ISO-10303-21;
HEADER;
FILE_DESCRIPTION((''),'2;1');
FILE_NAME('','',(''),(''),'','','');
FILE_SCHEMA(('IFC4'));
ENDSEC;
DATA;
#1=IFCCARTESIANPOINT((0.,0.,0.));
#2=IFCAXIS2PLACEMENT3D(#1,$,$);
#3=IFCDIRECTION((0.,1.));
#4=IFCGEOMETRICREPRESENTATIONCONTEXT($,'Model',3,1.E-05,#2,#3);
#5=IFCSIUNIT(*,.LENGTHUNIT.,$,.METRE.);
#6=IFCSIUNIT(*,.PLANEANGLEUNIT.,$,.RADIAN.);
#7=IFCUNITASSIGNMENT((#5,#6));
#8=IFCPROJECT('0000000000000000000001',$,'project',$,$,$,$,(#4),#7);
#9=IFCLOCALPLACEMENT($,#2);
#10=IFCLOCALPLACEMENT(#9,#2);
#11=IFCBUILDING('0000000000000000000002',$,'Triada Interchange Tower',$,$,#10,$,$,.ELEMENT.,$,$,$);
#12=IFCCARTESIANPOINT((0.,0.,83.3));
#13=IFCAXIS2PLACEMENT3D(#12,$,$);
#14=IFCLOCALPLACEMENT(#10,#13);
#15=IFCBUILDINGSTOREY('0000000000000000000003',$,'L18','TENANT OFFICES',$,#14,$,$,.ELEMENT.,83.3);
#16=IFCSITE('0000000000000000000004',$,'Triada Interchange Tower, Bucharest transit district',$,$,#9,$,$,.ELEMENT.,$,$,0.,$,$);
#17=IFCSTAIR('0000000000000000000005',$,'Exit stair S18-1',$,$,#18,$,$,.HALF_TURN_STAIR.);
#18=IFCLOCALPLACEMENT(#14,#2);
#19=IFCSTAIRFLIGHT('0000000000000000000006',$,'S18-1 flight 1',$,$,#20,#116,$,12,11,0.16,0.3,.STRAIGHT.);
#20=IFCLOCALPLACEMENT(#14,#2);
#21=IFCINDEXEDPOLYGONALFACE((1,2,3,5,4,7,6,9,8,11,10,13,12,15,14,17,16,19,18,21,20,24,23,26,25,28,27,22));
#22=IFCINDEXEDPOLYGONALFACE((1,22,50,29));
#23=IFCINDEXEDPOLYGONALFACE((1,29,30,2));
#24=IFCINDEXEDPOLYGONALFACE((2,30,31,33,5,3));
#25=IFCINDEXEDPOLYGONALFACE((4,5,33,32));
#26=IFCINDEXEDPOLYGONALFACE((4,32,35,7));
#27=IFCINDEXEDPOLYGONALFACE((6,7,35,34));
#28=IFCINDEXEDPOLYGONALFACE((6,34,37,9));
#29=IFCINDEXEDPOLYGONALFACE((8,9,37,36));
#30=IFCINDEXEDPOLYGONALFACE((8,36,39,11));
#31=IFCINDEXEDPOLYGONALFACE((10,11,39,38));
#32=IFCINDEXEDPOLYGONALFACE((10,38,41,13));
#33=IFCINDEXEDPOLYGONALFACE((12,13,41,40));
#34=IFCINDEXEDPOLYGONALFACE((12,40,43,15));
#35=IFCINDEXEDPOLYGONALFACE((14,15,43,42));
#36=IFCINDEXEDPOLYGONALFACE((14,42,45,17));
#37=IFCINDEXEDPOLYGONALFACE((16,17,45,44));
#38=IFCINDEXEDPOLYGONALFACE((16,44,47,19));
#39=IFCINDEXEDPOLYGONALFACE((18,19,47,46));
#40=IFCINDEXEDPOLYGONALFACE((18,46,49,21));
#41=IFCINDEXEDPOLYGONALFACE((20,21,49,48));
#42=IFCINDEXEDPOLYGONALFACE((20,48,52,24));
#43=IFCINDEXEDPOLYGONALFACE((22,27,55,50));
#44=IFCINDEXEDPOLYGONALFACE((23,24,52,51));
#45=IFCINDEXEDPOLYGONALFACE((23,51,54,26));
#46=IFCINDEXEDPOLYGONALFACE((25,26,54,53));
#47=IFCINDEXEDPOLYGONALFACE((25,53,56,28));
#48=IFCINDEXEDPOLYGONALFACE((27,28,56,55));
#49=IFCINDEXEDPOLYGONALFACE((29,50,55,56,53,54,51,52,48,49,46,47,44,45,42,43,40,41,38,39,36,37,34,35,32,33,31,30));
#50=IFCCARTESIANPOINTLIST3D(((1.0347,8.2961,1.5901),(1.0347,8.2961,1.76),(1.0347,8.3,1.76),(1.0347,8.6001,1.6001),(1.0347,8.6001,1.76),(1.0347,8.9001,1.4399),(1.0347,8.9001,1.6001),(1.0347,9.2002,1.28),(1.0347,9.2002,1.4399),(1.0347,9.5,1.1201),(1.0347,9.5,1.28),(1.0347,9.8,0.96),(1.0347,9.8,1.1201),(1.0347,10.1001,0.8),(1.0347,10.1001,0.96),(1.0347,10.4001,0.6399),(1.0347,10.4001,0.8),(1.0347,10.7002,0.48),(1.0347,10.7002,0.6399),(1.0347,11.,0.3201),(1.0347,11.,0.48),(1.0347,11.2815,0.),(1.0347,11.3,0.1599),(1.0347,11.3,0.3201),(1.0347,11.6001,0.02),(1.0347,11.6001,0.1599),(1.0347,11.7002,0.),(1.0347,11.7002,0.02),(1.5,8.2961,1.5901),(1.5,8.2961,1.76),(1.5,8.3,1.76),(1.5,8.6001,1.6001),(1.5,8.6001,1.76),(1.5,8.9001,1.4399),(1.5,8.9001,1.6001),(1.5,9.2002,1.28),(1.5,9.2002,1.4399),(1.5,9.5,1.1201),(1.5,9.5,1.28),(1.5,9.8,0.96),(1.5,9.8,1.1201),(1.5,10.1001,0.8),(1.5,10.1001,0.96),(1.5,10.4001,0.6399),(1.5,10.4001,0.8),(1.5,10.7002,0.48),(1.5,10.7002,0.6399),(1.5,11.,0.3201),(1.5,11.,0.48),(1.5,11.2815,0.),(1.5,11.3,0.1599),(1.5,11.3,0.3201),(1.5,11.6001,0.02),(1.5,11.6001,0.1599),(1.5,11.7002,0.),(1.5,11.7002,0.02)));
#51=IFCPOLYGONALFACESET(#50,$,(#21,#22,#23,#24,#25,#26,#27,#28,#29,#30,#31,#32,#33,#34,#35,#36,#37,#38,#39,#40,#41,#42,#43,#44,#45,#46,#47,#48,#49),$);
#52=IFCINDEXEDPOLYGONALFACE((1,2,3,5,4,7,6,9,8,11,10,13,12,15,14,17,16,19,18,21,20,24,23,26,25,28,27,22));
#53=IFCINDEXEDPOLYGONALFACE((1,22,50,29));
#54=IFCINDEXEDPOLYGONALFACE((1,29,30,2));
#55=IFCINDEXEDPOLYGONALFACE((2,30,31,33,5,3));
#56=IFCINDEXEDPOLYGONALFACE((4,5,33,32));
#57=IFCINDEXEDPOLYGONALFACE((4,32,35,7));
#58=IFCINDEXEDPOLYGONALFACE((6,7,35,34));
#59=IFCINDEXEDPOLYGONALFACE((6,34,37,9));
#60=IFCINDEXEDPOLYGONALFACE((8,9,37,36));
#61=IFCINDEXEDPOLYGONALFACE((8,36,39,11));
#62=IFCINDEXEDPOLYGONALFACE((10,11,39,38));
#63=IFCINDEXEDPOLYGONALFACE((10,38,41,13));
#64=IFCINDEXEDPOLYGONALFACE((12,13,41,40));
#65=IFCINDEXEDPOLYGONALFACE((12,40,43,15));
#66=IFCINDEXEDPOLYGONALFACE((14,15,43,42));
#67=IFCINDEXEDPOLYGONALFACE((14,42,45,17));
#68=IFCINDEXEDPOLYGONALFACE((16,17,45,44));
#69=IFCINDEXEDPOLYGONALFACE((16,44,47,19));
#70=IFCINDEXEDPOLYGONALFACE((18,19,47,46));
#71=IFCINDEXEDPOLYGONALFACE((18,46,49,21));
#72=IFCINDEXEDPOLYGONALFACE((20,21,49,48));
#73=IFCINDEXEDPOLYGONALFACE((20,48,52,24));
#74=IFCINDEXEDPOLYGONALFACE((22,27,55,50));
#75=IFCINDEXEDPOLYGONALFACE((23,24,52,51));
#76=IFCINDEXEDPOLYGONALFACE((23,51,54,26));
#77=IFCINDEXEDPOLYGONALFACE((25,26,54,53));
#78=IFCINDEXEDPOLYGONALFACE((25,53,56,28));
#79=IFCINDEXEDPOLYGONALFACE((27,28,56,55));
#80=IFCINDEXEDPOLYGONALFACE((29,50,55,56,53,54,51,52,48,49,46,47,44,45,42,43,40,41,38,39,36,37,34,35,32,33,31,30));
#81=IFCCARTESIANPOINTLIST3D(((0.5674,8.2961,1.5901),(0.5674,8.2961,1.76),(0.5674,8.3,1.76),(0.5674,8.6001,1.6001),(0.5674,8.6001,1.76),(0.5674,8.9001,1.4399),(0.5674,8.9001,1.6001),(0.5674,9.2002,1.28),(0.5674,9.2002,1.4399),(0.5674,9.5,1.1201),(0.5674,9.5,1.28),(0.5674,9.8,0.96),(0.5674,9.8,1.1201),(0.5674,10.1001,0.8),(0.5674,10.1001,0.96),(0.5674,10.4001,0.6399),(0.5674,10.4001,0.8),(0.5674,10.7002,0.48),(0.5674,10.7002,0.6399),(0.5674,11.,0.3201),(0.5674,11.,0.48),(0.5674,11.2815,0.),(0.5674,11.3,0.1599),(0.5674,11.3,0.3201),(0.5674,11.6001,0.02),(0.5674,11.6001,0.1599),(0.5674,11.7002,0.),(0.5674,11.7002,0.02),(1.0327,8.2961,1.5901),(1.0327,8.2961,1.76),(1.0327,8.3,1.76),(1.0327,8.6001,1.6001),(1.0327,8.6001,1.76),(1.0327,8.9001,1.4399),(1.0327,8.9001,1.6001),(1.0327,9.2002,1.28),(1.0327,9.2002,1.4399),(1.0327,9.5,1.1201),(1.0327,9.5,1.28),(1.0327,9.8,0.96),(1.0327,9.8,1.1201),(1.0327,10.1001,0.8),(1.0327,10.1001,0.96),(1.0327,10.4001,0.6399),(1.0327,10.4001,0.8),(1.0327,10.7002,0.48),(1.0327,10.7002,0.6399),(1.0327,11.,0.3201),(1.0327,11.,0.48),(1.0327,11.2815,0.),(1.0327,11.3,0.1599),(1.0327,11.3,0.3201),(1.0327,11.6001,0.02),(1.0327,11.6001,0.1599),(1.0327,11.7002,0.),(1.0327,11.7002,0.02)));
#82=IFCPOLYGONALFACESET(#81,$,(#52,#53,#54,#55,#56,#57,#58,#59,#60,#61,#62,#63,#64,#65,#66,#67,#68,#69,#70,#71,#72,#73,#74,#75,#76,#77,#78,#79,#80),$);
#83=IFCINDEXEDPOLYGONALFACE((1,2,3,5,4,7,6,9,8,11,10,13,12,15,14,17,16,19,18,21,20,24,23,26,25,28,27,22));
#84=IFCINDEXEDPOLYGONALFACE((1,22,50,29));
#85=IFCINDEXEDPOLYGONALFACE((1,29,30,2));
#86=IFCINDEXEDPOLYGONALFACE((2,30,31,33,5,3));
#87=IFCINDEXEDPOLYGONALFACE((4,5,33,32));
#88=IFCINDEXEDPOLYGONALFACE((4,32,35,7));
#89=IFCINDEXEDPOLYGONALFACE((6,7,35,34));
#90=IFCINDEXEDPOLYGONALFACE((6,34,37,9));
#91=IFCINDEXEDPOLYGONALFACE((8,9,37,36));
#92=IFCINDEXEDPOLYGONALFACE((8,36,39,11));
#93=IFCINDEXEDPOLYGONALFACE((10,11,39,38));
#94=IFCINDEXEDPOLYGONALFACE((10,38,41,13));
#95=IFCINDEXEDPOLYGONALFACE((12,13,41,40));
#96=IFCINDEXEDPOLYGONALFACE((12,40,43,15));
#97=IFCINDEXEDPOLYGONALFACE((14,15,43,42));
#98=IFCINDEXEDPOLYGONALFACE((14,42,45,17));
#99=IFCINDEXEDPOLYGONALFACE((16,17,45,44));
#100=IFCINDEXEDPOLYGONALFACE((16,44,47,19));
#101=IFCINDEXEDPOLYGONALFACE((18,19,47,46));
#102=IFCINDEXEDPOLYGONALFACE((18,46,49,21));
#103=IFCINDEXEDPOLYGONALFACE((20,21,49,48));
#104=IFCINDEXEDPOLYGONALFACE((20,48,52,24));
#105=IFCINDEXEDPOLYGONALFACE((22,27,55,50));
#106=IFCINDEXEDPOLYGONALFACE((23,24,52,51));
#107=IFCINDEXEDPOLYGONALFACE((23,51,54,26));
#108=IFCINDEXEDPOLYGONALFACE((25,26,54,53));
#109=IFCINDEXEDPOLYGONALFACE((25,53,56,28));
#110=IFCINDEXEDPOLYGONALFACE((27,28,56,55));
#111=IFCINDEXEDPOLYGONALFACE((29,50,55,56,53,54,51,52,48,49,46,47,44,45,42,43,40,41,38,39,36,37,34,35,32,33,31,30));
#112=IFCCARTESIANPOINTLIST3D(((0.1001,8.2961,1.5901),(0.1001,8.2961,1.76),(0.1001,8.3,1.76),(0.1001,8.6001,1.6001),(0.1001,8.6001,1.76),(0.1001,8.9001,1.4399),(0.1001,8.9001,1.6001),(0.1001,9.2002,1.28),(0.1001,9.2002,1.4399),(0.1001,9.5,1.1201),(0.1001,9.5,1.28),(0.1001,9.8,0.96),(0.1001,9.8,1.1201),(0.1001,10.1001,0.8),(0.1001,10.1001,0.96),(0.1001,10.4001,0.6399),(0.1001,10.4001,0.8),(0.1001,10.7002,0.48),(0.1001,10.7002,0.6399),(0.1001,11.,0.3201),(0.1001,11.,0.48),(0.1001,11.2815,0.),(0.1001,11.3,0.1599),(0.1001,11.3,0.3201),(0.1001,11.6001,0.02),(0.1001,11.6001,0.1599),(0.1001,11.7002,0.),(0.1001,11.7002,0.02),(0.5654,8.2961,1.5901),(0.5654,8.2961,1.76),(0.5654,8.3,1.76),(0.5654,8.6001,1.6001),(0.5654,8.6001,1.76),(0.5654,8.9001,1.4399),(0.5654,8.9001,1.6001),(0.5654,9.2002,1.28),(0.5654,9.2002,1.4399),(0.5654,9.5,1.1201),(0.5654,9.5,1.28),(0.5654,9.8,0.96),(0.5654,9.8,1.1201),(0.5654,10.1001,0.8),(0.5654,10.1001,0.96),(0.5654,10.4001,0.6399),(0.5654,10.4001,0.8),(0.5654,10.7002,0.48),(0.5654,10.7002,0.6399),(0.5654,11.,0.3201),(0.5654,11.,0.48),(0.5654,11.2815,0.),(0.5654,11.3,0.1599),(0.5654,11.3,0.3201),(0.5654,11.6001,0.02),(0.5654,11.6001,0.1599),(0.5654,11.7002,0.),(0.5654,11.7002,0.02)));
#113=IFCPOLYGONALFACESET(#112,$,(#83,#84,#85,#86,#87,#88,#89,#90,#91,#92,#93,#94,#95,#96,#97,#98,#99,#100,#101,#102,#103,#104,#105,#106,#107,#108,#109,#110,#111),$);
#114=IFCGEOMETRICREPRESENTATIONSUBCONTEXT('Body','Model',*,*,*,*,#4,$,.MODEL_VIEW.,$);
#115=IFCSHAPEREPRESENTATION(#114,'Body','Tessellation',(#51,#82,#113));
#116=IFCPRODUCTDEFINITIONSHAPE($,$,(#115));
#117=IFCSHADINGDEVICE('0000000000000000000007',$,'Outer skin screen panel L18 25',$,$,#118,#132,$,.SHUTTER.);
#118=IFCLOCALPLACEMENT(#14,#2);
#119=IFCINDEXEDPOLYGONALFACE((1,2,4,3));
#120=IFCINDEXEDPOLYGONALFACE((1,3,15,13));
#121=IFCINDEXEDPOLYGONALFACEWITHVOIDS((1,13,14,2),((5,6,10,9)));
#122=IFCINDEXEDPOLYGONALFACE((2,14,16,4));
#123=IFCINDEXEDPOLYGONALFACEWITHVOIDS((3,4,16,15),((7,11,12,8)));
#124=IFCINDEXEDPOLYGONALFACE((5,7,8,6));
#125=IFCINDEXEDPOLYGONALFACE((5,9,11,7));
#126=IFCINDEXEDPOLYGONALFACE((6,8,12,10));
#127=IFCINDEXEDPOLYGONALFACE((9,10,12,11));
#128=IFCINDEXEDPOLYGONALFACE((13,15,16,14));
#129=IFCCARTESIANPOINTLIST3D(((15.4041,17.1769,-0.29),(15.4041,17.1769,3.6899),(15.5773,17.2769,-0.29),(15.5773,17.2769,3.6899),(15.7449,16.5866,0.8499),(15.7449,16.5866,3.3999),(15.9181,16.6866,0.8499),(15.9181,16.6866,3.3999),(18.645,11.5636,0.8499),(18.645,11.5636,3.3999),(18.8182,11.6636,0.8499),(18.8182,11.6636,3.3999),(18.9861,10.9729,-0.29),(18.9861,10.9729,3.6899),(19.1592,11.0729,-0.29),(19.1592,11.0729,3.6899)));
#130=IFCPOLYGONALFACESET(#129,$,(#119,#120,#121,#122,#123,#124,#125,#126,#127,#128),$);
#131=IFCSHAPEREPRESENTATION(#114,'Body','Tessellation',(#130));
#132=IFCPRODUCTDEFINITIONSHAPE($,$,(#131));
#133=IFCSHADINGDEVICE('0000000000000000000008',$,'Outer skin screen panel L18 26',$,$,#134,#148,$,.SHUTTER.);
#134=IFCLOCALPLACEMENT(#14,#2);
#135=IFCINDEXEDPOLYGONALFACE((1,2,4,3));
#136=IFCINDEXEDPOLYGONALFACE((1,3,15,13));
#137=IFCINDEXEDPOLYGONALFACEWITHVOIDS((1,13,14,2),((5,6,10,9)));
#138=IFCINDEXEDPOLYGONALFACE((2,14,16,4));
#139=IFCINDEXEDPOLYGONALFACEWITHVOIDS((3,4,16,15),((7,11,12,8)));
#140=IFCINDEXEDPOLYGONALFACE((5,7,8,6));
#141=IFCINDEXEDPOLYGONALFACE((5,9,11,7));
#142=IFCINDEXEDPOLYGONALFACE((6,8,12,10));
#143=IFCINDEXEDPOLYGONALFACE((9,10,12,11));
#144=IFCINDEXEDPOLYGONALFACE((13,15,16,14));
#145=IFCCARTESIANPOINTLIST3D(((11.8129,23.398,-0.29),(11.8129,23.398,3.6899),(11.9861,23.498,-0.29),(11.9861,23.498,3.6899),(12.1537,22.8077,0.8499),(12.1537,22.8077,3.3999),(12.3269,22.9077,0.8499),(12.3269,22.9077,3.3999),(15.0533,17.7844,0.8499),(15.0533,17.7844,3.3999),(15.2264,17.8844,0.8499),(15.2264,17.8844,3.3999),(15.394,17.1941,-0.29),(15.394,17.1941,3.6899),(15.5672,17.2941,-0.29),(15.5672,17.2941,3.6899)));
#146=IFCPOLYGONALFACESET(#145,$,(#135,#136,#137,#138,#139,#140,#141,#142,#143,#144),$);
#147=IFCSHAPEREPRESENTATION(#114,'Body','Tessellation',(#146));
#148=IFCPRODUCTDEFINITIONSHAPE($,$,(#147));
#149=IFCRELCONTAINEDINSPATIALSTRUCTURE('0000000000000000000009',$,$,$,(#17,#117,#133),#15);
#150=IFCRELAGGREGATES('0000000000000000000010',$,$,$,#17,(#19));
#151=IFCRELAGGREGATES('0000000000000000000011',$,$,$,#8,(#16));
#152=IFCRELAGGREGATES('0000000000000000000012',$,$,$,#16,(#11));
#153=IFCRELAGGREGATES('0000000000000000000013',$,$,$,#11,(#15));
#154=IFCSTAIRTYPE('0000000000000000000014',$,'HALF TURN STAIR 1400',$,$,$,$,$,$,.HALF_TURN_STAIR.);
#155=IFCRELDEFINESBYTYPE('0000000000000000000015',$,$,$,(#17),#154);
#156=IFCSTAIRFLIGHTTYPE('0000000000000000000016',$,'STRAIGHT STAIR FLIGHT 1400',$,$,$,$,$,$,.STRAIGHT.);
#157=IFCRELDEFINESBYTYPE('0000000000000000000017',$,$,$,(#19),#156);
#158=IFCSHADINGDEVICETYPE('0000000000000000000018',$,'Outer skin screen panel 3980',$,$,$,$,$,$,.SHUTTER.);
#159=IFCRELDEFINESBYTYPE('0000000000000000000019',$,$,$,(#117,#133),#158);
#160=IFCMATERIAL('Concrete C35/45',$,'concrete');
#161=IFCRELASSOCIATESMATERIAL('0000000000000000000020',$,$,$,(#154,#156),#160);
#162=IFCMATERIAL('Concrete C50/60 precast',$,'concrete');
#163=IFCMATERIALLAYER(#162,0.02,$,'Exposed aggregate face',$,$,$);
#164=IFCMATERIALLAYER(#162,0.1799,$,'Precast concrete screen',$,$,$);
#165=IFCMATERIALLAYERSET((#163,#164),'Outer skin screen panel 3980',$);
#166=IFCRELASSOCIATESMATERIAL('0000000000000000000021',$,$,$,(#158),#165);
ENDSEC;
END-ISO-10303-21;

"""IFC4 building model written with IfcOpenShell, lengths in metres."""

from ifc_helpers import new_model, si_unit, direction, frame, origin, place, context, subcontext, project, spatial, polyline, outline, extrude, material, layer, layer_set, type_object, element, aggregate, save


model = new_model("IFC4")

# Units and contexts
model_context = context("Model", 3, precision=1e-05, world=origin(), true_north=direction((0.0, 1.0)))
body_context = subcontext(model_context, "Body", "Model", "MODEL_VIEW")
ifc_project = project(units=[si_unit("LENGTHUNIT", "METRE"), si_unit("PLANEANGLEUNIT", "RADIAN")], contexts=[model_context])

# Site, building, storey
site_placement = place(None, origin())
site = spatial("IfcSite", under=ifc_project, at=site_placement, Name="Triada Interchange Tower, Bucharest transit district", CompositionType="ELEMENT", RefElevation=0.0)
building_placement = place(site_placement, origin())
building = spatial("IfcBuilding", under=site, at=building_placement, Name="Triada Interchange Tower", CompositionType="ELEMENT")
storey_placement = place(building_placement, frame((0.0, 0.0, 83.3)))
storey = spatial("IfcBuildingStorey", under=building, at=storey_placement, Name="L18", Description="TENANT OFFICES", CompositionType="ELEMENT", Elevation=83.3)

# Stair, stair flight
ifc_material_1 = material(Name="Concrete C35/45", Category="concrete")
stair_type = type_object("IfcStairType", Name="HALF TURN STAIR 1400", PredefinedType="HALF_TURN_STAIR", material=ifc_material_1)
stair_placement = place(storey_placement, origin())
stair = element("IfcStair", 1, at=stair_placement, inside=storey, type_object=stair_type, Name="Exit stair S18-1", PredefinedType="HALF_TURN_STAIR")
stair_flight_type = type_object("IfcStairFlightType", Name="STRAIGHT STAIR FLIGHT 1400", PredefinedType="STRAIGHT", material=ifc_material_1)
stair_flight_placement = place(storey_placement, frame((0.8, 11.6001, 0.0), z_axis=(0.0, 0.0, 1.0), x_axis=(0.0, -1.0, 0.0)))
stair_flight = element("IfcStairFlight", 2, at=stair_flight_placement, type_object=stair_flight_type, Name="S18-1 flight 1", NumberOfRisers=12, NumberOfTreads=11, PredefinedType="STRAIGHT", RiserHeight=0.16, TreadLength=0.3, context=body_context, shape_type="SweptSolid", body=[
    extrude(outline(polyline([(-0.1001, 0.0), (-0.1001, 0.02), (0.0, 0.02), (0.0, 0.1599), (0.3, 0.1599), (0.3, 0.3201), (0.6001, 0.3201), (0.6001, 0.48), (0.8999, 0.48), (0.8999, 0.6399), (1.2, 0.6399), (1.2, 0.8), (1.5, 0.8), (1.5, 0.96), (1.8, 0.96), (1.8, 1.1201), (2.1001, 1.1201), (2.1001, 1.28), (2.3999, 1.28), (2.3999, 1.4399), (2.7, 1.4399), (2.7, 1.6001), (3.0, 1.6001), (3.0, 1.76), (3.3, 1.76), (3.304, 1.76), (3.304, 1.9199), (3.304, 1.5901), (0.3186, 0.0), (-0.1001, 0.0)])), frame((0.0, 0.7, 0.0), z_axis=(0.0, -1.0, 0.0), x_axis=(1.0, 0.0, 0.0)), (0.0, 0.0, 1.0), 0.4653),
    extrude(outline(polyline([(-0.1001, 0.0), (-0.1001, 0.02), (0.0, 0.02), (0.0, 0.1599), (0.3, 0.1599), (0.3, 0.3201), (0.6001, 0.3201), (0.6001, 0.48), (0.8999, 0.48), (0.8999, 0.6399), (1.2, 0.6399), (1.2, 0.8), (1.5, 0.8), (1.5, 0.96), (1.8, 0.96), (1.8, 1.1201), (2.1001, 1.1201), (2.1001, 1.28), (2.3999, 1.28), (2.3999, 1.4399), (2.7, 1.4399), (2.7, 1.6001), (3.0, 1.6001), (3.0, 1.76), (3.3, 1.76), (3.304, 1.76), (3.304, 1.9199), (3.304, 1.5901), (0.3186, 0.0), (-0.1001, 0.0)])), frame((0.0, 0.2327, 0.0), z_axis=(0.0, -1.0, 0.0), x_axis=(1.0, 0.0, 0.0)), (0.0, 0.0, 1.0), 0.4653),
    extrude(outline(polyline([(-0.1001, 0.0), (-0.1001, 0.02), (0.0, 0.02), (0.0, 0.1599), (0.3, 0.1599), (0.3, 0.3201), (0.6001, 0.3201), (0.6001, 0.48), (0.8999, 0.48), (0.8999, 0.6399), (1.2, 0.6399), (1.2, 0.8), (1.5, 0.8), (1.5, 0.96), (1.8, 0.96), (1.8, 1.1201), (2.1001, 1.1201), (2.1001, 1.28), (2.3999, 1.28), (2.3999, 1.4399), (2.7, 1.4399), (2.7, 1.6001), (3.0, 1.6001), (3.0, 1.76), (3.3, 1.76), (3.304, 1.76), (3.304, 1.9199), (3.304, 1.5901), (0.3186, 0.0), (-0.1001, 0.0)])), frame((0.0, -0.2346, 0.0), z_axis=(0.0, -1.0, 0.0), x_axis=(1.0, 0.0, 0.0)), (0.0, 0.0, 1.0), 0.4653),
])

# Shading devices
ifc_material_2 = material(Name="Concrete C50/60 precast", Category="concrete")
ifc_layer_1 = layer(ifc_material_2, 0.02, Name="Exposed aggregate face")
ifc_layer_2 = layer(ifc_material_2, 0.1799, Name="Precast concrete screen")
ifc_layer_set_1 = layer_set([ifc_layer_1, ifc_layer_2], Name="Outer skin screen panel 3980")
shading_device_type = type_object("IfcShadingDeviceType", Name="Outer skin screen panel 3980", PredefinedType="SHUTTER", material=ifc_layer_set_1)
shading_device_1_placement = place(storey_placement, frame((18.9861, 10.9729, -0.29), z_axis=(0.0, 0.0, 1.0), x_axis=(-0.50001, 0.86602, 0.0)))
element("IfcShadingDevice", 3, at=shading_device_1_placement, inside=storey, type_object=shading_device_type, Name="Outer skin screen panel L18 25", PredefinedType="SHUTTER", context=body_context, shape_type="SweptSolid", body=[
    extrude(outline(polyline([(0.0, 0.0), (7.1638, 0.0), (7.1638, 3.98), (0.0, 3.98), (0.0, 0.0)]), holes=[polyline([(0.6821, 1.1399), (0.6821, 3.6899), (6.4822, 3.6899), (6.4822, 1.1399), (0.6821, 1.1399)])]), frame((0.0, 0.0, 0.0), z_axis=(0.0, -1.0, 0.0), x_axis=(1.0, 0.0, 0.0)), (0.0, 0.0, 1.0), 0.2),
])
shading_device_2_placement = place(storey_placement, frame((15.394, 17.1941, -0.29), z_axis=(0.0, 0.0, 1.0), x_axis=(-0.499922, 0.86607, 0.0)))
element("IfcShadingDevice", 4, at=shading_device_2_placement, inside=storey, type_object=shading_device_type, Name="Outer skin screen panel L18 26", PredefinedType="SHUTTER", context=body_context, shape_type="SweptSolid", body=[
    extrude(outline(polyline([(0.0, 0.0), (7.1633, 0.0), (7.1633, 3.98), (0.0, 3.98), (0.0, 0.0)]), holes=[polyline([(0.6816, 1.1399), (0.6816, 3.6899), (6.4817, 3.6899), (6.4817, 1.1399), (0.6816, 1.1399)])]), frame((0.0, 0.0, 0.0), z_axis=(0.0, -1.0, 0.0), x_axis=(1.0, 0.0, 0.0)), (0.0, 0.0, 1.0), 0.2),
])

aggregate(stair, [stair_flight])

save(model, "model.ifc")
